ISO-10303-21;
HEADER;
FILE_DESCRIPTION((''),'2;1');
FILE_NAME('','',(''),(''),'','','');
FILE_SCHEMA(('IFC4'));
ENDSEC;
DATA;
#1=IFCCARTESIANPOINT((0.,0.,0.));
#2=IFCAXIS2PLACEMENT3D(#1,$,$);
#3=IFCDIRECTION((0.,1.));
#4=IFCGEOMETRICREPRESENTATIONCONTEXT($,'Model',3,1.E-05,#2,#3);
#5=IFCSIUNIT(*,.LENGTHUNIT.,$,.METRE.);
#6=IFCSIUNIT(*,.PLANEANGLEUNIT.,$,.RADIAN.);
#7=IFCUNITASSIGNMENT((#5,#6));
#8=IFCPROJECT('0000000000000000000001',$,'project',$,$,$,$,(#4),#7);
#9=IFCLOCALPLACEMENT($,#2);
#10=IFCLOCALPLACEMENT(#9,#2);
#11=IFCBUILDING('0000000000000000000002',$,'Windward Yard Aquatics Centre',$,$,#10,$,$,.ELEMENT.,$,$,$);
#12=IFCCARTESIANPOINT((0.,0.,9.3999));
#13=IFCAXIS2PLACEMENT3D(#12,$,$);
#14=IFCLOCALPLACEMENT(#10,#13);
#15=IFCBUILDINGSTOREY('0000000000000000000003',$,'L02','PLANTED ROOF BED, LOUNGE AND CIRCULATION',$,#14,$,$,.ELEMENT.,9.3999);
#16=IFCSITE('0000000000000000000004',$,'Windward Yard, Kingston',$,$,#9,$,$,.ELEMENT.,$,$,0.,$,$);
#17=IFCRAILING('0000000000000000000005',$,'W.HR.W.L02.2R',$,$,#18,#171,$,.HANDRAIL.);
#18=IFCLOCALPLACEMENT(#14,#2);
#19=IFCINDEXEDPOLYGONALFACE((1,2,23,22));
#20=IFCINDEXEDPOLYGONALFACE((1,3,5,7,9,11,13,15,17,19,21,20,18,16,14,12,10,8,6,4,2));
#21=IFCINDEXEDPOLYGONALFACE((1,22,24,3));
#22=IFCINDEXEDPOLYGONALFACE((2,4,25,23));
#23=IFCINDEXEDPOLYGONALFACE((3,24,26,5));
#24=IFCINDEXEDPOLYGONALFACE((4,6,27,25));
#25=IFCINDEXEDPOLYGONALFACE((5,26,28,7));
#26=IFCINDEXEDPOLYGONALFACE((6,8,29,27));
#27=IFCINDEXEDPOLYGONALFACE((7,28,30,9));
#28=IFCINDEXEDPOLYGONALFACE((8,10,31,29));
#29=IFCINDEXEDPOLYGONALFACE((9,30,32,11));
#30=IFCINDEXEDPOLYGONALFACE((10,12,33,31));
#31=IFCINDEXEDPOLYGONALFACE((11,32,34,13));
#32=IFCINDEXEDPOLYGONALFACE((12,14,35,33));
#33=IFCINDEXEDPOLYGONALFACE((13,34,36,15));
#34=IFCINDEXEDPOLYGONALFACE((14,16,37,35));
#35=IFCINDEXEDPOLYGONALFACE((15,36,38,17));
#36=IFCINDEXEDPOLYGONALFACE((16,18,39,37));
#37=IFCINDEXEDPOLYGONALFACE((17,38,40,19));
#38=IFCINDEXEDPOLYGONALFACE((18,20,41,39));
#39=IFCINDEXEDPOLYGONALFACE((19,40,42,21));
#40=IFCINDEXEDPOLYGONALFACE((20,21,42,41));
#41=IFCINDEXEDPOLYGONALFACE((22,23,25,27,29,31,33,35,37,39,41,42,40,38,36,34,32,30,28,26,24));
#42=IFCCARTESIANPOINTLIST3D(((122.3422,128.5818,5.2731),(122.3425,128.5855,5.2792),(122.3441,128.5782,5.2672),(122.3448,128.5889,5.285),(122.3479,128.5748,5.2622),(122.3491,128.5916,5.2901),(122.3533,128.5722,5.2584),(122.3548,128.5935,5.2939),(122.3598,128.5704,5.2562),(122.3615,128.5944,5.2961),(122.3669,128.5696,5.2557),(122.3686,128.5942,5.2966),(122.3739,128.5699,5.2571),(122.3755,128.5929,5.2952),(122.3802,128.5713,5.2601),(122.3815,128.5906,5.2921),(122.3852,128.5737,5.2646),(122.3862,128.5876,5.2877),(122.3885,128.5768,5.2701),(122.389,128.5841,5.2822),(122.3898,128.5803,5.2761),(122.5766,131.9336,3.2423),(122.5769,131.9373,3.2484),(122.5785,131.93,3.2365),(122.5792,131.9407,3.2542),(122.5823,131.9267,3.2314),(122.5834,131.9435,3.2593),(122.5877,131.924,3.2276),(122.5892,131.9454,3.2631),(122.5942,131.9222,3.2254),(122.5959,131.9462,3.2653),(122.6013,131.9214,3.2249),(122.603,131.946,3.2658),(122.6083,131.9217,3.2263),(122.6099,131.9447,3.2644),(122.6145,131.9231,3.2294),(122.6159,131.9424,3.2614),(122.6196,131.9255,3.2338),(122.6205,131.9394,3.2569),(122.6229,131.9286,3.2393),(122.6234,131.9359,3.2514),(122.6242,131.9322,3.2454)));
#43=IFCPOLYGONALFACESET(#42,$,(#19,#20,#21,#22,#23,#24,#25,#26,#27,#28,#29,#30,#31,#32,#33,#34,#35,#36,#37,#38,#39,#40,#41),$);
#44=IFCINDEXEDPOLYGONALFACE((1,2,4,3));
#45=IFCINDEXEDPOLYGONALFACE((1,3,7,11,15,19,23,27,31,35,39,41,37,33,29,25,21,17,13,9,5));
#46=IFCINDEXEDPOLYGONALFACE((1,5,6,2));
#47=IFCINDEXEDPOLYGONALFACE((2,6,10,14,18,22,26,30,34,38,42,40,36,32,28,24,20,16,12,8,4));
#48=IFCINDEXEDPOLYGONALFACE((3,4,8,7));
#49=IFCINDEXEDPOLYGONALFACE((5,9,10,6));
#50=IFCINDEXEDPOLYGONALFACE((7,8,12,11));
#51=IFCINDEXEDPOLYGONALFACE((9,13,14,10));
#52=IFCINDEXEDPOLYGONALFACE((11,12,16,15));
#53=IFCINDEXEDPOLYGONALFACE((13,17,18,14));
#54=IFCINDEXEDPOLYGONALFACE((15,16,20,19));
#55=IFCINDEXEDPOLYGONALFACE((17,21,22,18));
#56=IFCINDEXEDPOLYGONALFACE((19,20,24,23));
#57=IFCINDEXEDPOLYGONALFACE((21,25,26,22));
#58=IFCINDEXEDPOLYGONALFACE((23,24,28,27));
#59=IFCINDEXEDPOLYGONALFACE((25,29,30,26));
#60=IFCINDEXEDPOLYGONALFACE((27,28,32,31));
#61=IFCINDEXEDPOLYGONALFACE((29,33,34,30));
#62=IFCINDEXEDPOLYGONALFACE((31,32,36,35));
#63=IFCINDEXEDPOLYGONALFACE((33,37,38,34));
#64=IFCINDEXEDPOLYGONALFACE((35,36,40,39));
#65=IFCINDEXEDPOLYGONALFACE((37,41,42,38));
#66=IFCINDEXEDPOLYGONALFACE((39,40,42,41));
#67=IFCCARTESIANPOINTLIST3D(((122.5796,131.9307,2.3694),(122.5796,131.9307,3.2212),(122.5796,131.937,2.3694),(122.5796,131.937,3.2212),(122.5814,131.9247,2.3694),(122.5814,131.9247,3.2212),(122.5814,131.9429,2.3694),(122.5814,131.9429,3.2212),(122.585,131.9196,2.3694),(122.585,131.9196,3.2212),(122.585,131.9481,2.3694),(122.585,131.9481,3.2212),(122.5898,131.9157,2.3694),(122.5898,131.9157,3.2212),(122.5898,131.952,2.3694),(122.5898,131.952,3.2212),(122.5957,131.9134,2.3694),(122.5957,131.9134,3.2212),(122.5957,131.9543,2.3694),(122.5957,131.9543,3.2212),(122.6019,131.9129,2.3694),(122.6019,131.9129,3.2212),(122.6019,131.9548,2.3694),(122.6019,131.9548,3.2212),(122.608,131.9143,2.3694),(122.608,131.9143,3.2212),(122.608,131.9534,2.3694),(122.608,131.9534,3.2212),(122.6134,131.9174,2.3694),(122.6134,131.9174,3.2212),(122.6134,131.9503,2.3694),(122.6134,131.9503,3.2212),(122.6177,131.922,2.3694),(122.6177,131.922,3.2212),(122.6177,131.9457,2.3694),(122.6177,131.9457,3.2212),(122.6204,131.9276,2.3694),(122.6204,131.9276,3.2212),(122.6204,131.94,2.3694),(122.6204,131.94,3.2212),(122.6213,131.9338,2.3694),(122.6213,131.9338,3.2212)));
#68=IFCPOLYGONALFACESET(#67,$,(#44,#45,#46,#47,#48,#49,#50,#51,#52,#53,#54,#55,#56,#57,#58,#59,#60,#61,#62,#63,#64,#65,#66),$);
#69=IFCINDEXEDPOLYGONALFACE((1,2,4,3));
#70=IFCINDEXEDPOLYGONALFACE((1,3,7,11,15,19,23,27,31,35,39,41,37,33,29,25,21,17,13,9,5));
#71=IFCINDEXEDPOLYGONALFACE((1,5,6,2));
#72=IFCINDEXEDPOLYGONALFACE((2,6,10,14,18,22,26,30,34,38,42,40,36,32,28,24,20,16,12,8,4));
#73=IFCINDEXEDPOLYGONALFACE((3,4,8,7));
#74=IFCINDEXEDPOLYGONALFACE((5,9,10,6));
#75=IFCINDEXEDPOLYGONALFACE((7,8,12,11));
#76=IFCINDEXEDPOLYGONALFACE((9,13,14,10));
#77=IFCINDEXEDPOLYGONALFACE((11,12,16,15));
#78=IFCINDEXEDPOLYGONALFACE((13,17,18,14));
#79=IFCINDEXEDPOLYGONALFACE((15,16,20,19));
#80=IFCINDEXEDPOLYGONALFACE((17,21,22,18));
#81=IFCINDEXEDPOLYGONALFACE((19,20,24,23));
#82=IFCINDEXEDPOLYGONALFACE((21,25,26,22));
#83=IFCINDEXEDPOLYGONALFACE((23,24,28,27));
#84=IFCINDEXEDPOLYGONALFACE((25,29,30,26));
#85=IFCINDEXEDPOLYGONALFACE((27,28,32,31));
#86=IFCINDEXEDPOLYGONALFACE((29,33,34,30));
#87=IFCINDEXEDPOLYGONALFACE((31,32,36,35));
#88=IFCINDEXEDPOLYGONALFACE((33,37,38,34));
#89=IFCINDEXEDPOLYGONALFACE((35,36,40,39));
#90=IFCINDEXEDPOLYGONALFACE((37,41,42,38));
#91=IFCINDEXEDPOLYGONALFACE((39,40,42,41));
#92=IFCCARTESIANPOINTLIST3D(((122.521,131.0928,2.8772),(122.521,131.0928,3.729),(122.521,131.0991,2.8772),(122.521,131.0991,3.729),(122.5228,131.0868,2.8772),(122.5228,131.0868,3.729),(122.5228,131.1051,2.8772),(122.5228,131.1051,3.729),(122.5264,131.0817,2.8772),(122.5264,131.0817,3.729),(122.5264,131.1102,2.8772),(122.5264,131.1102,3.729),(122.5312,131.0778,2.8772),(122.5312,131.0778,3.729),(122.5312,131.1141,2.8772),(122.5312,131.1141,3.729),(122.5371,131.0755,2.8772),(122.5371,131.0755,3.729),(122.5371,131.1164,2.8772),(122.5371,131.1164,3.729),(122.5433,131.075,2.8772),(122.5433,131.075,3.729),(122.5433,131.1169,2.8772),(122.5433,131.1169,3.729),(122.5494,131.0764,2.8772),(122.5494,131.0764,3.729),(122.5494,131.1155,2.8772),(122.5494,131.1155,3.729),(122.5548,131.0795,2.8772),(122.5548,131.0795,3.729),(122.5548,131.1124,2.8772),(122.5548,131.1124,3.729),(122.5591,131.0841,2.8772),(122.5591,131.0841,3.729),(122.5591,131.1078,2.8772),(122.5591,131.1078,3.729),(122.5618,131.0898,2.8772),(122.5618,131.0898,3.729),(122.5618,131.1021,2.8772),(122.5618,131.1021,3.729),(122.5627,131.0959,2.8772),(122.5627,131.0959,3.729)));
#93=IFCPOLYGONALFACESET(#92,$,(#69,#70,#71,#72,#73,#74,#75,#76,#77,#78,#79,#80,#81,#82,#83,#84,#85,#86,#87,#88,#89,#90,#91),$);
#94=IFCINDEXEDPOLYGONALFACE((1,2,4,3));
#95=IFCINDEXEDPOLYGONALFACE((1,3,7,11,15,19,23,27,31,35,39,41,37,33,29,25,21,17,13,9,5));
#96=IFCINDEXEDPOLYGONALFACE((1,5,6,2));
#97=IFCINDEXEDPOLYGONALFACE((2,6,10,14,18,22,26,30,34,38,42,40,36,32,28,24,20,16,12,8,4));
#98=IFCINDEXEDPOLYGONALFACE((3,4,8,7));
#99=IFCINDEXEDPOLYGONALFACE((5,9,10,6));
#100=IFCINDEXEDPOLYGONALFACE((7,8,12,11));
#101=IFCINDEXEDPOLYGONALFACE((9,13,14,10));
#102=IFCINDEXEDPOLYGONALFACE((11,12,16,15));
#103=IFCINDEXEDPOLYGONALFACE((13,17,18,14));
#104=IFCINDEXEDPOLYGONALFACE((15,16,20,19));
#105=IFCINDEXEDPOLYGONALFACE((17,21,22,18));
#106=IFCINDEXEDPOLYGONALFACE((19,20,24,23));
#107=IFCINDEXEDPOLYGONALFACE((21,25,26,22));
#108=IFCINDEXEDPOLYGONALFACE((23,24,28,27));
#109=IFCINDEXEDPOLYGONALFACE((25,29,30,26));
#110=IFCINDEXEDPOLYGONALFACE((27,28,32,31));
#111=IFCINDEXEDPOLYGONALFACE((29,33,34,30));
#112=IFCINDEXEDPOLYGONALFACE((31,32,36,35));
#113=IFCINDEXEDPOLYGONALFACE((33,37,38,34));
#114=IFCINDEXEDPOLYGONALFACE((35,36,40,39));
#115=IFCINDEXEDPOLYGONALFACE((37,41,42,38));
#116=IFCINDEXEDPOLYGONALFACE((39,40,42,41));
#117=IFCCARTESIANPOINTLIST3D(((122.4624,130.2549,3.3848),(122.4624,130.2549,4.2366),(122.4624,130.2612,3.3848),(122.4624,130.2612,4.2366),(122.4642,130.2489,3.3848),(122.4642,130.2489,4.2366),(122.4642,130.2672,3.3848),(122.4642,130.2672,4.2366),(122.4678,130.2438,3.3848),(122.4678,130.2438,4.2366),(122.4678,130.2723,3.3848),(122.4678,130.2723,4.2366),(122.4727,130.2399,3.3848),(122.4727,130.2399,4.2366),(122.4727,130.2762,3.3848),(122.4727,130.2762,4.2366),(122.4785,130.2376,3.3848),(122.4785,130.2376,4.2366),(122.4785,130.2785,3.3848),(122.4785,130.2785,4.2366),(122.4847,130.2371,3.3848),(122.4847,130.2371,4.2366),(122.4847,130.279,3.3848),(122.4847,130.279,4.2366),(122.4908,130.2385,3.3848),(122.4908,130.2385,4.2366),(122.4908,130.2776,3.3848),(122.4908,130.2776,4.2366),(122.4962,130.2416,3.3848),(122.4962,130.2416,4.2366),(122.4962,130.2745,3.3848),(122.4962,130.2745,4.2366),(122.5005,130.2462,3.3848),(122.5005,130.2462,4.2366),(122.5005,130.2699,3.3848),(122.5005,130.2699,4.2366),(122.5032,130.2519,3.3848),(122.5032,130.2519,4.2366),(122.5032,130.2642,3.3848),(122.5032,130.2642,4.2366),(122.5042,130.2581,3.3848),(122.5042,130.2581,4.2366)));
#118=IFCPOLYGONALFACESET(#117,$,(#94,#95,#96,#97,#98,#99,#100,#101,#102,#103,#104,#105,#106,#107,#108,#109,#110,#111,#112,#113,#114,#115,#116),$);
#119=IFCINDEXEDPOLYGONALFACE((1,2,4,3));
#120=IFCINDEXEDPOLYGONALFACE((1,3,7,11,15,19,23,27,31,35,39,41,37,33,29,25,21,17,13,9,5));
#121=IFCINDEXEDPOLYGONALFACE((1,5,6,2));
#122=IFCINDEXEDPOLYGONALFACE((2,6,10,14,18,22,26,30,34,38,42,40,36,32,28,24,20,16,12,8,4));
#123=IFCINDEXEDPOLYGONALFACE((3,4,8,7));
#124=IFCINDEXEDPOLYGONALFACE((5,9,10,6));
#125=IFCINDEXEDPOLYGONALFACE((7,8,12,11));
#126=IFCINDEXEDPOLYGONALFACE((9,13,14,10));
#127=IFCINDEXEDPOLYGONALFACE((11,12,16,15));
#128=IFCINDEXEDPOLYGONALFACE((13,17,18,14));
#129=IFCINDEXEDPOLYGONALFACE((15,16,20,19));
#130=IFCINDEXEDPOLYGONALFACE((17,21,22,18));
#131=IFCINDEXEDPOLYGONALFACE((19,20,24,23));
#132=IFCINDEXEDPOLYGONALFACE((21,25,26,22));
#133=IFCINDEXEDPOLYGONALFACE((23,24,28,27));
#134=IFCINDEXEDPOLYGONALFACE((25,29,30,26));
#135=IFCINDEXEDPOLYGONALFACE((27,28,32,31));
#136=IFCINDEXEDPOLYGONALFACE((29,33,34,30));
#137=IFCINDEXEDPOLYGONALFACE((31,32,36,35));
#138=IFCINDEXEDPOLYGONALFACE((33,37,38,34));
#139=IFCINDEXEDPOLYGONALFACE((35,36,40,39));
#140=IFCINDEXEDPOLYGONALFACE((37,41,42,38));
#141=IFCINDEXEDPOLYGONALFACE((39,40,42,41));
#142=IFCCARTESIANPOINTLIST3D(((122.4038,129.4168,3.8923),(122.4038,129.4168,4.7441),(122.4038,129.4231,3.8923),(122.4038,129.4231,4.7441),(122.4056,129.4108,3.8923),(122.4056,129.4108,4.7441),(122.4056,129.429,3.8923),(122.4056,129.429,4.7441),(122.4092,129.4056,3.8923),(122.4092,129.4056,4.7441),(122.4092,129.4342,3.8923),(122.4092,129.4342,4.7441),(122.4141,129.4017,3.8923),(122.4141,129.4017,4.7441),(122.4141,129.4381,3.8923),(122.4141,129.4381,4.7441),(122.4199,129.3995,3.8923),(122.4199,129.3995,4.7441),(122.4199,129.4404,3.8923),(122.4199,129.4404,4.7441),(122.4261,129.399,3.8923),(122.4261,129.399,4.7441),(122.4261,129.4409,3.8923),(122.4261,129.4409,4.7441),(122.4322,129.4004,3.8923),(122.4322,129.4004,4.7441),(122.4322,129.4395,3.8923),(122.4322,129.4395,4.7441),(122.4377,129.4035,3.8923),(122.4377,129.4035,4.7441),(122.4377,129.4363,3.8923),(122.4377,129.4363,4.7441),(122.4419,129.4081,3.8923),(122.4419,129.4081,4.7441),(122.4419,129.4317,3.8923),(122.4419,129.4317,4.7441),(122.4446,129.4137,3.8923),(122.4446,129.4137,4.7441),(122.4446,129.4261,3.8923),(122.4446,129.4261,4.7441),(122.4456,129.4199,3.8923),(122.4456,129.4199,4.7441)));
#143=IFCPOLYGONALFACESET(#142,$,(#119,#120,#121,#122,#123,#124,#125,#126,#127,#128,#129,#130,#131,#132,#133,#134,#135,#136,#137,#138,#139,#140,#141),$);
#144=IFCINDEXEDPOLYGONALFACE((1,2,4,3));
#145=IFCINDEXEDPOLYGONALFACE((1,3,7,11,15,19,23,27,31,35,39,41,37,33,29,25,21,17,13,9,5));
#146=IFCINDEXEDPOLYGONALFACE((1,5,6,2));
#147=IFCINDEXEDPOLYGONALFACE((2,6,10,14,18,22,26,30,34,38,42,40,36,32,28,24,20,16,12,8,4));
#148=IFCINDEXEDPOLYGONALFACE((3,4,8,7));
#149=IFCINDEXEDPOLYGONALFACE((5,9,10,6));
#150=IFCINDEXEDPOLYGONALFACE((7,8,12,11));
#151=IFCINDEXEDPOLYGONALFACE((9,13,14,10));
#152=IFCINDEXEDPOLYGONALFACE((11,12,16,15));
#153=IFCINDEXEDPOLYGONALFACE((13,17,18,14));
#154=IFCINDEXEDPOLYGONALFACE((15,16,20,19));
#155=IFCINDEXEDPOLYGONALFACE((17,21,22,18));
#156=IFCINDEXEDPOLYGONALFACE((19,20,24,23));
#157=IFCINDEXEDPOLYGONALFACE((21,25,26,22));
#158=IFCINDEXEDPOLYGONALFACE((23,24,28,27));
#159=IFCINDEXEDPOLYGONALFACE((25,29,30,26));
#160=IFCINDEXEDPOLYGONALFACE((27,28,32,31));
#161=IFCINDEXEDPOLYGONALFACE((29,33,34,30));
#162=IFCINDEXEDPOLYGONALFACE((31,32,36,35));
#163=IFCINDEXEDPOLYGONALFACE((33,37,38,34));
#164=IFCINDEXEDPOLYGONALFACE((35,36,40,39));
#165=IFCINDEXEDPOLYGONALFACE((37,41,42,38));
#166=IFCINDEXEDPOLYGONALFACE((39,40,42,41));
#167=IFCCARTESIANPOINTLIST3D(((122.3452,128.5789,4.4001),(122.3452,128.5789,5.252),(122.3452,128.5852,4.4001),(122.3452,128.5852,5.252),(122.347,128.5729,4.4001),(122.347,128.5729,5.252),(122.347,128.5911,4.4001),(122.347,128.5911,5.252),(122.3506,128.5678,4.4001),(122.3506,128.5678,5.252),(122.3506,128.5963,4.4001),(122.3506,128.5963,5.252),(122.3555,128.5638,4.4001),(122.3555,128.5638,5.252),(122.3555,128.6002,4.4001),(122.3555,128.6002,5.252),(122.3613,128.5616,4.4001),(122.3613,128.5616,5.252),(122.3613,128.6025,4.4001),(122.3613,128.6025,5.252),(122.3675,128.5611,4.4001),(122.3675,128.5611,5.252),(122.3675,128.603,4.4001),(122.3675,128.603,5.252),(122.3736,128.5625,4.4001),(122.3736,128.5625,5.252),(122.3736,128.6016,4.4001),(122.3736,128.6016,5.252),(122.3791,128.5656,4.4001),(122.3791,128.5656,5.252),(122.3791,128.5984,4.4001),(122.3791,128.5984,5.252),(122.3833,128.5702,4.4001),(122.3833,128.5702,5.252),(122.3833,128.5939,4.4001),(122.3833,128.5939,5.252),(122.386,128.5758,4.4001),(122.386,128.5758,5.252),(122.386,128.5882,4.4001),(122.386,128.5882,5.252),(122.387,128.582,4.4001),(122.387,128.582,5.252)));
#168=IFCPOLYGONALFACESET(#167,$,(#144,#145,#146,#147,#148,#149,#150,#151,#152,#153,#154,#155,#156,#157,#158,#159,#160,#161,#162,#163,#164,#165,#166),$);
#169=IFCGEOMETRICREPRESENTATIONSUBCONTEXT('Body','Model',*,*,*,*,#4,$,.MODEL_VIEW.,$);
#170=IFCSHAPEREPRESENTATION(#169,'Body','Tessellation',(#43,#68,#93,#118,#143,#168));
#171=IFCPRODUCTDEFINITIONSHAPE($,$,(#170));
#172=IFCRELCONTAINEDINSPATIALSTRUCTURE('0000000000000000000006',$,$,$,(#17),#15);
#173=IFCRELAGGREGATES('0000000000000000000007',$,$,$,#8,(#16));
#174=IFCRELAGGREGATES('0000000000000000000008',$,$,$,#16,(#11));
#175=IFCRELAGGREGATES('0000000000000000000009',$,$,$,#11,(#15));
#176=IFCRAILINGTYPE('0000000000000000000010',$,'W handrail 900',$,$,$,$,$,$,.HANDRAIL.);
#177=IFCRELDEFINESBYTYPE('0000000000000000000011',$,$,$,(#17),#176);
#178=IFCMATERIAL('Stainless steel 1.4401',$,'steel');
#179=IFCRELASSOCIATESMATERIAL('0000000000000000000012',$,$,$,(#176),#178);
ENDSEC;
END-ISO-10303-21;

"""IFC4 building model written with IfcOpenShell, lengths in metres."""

from ifc_helpers import new_model, si_unit, direction, frame, origin, origin_2d, place, context, subcontext, project, spatial, circle, extrude, material, type_object, element, save


model = new_model("IFC4")

# Units and contexts
model_context = context("Model", 3, precision=1e-05, world=origin(), true_north=direction((0.0, 1.0)))
body_context = subcontext(model_context, "Body", "Model", "MODEL_VIEW")
ifc_project = project(units=[si_unit("LENGTHUNIT", "METRE"), si_unit("PLANEANGLEUNIT", "RADIAN")], contexts=[model_context])

# Site, building, storey
site_placement = place(None, origin())
site = spatial("IfcSite", under=ifc_project, at=site_placement, Name="Windward Yard, Kingston", CompositionType="ELEMENT", RefElevation=0.0)
building_placement = place(site_placement, origin())
building = spatial("IfcBuilding", under=site, at=building_placement, Name="Windward Yard Aquatics Centre", CompositionType="ELEMENT")
storey_placement = place(building_placement, frame((0.0, 0.0, 9.3999)))
storey = spatial("IfcBuildingStorey", under=building, at=storey_placement, Name="L02", Description="PLANTED ROOF BED, LOUNGE AND CIRCULATION", CompositionType="ELEMENT", Elevation=9.3999)

# Railing
ifc_material_1 = material(Name="Stainless steel 1.4401", Category="steel")
railing_type_1 = type_object("IfcRailingType", Name="W handrail 900", PredefinedType="HANDRAIL", material=ifc_material_1)
railing_1_placement = place(storey_placement, frame((122.6003, 131.9338, 2.3694)))
element("IfcRailing", 1, at=railing_1_placement, inside=storey, type_object=railing_type_1, Name="W.HR.W.L02.2R", PredefinedType="HANDRAIL", context=body_context, shape_type="SweptSolid", body=[
    extrude(circle(Radius=0.0239, at=origin_2d()), frame((0.0, 0.0, 0.876), z_axis=(-0.059698, -0.853744, 0.517259), x_axis=(0.997564, -0.069755, 0.0)), (0.0, 0.0, 1.0), 3.926),
    extrude(circle(Radius=0.021, at=origin_2d()), origin(), (0.0, 0.0, 1.0), 0.8518),
    extrude(circle(Radius=0.021, at=origin_2d()), frame((-0.0586, -0.8379, 0.5078)), (0.0, 0.0, 1.0), 0.8518),
    extrude(circle(Radius=0.021, at=origin_2d()), frame((-0.1172, -1.6758, 1.0154)), (0.0, 0.0, 1.0), 0.8518),
    extrude(circle(Radius=0.021, at=origin_2d()), frame((-0.1758, -2.5139, 1.5229)), (0.0, 0.0, 1.0), 0.8518),
    extrude(circle(Radius=0.021, at=origin_2d()), frame((-0.2344, -3.3518, 2.0308)), (0.0, 0.0, 1.0), 0.8518),
])

save(model, "model.ifc")
